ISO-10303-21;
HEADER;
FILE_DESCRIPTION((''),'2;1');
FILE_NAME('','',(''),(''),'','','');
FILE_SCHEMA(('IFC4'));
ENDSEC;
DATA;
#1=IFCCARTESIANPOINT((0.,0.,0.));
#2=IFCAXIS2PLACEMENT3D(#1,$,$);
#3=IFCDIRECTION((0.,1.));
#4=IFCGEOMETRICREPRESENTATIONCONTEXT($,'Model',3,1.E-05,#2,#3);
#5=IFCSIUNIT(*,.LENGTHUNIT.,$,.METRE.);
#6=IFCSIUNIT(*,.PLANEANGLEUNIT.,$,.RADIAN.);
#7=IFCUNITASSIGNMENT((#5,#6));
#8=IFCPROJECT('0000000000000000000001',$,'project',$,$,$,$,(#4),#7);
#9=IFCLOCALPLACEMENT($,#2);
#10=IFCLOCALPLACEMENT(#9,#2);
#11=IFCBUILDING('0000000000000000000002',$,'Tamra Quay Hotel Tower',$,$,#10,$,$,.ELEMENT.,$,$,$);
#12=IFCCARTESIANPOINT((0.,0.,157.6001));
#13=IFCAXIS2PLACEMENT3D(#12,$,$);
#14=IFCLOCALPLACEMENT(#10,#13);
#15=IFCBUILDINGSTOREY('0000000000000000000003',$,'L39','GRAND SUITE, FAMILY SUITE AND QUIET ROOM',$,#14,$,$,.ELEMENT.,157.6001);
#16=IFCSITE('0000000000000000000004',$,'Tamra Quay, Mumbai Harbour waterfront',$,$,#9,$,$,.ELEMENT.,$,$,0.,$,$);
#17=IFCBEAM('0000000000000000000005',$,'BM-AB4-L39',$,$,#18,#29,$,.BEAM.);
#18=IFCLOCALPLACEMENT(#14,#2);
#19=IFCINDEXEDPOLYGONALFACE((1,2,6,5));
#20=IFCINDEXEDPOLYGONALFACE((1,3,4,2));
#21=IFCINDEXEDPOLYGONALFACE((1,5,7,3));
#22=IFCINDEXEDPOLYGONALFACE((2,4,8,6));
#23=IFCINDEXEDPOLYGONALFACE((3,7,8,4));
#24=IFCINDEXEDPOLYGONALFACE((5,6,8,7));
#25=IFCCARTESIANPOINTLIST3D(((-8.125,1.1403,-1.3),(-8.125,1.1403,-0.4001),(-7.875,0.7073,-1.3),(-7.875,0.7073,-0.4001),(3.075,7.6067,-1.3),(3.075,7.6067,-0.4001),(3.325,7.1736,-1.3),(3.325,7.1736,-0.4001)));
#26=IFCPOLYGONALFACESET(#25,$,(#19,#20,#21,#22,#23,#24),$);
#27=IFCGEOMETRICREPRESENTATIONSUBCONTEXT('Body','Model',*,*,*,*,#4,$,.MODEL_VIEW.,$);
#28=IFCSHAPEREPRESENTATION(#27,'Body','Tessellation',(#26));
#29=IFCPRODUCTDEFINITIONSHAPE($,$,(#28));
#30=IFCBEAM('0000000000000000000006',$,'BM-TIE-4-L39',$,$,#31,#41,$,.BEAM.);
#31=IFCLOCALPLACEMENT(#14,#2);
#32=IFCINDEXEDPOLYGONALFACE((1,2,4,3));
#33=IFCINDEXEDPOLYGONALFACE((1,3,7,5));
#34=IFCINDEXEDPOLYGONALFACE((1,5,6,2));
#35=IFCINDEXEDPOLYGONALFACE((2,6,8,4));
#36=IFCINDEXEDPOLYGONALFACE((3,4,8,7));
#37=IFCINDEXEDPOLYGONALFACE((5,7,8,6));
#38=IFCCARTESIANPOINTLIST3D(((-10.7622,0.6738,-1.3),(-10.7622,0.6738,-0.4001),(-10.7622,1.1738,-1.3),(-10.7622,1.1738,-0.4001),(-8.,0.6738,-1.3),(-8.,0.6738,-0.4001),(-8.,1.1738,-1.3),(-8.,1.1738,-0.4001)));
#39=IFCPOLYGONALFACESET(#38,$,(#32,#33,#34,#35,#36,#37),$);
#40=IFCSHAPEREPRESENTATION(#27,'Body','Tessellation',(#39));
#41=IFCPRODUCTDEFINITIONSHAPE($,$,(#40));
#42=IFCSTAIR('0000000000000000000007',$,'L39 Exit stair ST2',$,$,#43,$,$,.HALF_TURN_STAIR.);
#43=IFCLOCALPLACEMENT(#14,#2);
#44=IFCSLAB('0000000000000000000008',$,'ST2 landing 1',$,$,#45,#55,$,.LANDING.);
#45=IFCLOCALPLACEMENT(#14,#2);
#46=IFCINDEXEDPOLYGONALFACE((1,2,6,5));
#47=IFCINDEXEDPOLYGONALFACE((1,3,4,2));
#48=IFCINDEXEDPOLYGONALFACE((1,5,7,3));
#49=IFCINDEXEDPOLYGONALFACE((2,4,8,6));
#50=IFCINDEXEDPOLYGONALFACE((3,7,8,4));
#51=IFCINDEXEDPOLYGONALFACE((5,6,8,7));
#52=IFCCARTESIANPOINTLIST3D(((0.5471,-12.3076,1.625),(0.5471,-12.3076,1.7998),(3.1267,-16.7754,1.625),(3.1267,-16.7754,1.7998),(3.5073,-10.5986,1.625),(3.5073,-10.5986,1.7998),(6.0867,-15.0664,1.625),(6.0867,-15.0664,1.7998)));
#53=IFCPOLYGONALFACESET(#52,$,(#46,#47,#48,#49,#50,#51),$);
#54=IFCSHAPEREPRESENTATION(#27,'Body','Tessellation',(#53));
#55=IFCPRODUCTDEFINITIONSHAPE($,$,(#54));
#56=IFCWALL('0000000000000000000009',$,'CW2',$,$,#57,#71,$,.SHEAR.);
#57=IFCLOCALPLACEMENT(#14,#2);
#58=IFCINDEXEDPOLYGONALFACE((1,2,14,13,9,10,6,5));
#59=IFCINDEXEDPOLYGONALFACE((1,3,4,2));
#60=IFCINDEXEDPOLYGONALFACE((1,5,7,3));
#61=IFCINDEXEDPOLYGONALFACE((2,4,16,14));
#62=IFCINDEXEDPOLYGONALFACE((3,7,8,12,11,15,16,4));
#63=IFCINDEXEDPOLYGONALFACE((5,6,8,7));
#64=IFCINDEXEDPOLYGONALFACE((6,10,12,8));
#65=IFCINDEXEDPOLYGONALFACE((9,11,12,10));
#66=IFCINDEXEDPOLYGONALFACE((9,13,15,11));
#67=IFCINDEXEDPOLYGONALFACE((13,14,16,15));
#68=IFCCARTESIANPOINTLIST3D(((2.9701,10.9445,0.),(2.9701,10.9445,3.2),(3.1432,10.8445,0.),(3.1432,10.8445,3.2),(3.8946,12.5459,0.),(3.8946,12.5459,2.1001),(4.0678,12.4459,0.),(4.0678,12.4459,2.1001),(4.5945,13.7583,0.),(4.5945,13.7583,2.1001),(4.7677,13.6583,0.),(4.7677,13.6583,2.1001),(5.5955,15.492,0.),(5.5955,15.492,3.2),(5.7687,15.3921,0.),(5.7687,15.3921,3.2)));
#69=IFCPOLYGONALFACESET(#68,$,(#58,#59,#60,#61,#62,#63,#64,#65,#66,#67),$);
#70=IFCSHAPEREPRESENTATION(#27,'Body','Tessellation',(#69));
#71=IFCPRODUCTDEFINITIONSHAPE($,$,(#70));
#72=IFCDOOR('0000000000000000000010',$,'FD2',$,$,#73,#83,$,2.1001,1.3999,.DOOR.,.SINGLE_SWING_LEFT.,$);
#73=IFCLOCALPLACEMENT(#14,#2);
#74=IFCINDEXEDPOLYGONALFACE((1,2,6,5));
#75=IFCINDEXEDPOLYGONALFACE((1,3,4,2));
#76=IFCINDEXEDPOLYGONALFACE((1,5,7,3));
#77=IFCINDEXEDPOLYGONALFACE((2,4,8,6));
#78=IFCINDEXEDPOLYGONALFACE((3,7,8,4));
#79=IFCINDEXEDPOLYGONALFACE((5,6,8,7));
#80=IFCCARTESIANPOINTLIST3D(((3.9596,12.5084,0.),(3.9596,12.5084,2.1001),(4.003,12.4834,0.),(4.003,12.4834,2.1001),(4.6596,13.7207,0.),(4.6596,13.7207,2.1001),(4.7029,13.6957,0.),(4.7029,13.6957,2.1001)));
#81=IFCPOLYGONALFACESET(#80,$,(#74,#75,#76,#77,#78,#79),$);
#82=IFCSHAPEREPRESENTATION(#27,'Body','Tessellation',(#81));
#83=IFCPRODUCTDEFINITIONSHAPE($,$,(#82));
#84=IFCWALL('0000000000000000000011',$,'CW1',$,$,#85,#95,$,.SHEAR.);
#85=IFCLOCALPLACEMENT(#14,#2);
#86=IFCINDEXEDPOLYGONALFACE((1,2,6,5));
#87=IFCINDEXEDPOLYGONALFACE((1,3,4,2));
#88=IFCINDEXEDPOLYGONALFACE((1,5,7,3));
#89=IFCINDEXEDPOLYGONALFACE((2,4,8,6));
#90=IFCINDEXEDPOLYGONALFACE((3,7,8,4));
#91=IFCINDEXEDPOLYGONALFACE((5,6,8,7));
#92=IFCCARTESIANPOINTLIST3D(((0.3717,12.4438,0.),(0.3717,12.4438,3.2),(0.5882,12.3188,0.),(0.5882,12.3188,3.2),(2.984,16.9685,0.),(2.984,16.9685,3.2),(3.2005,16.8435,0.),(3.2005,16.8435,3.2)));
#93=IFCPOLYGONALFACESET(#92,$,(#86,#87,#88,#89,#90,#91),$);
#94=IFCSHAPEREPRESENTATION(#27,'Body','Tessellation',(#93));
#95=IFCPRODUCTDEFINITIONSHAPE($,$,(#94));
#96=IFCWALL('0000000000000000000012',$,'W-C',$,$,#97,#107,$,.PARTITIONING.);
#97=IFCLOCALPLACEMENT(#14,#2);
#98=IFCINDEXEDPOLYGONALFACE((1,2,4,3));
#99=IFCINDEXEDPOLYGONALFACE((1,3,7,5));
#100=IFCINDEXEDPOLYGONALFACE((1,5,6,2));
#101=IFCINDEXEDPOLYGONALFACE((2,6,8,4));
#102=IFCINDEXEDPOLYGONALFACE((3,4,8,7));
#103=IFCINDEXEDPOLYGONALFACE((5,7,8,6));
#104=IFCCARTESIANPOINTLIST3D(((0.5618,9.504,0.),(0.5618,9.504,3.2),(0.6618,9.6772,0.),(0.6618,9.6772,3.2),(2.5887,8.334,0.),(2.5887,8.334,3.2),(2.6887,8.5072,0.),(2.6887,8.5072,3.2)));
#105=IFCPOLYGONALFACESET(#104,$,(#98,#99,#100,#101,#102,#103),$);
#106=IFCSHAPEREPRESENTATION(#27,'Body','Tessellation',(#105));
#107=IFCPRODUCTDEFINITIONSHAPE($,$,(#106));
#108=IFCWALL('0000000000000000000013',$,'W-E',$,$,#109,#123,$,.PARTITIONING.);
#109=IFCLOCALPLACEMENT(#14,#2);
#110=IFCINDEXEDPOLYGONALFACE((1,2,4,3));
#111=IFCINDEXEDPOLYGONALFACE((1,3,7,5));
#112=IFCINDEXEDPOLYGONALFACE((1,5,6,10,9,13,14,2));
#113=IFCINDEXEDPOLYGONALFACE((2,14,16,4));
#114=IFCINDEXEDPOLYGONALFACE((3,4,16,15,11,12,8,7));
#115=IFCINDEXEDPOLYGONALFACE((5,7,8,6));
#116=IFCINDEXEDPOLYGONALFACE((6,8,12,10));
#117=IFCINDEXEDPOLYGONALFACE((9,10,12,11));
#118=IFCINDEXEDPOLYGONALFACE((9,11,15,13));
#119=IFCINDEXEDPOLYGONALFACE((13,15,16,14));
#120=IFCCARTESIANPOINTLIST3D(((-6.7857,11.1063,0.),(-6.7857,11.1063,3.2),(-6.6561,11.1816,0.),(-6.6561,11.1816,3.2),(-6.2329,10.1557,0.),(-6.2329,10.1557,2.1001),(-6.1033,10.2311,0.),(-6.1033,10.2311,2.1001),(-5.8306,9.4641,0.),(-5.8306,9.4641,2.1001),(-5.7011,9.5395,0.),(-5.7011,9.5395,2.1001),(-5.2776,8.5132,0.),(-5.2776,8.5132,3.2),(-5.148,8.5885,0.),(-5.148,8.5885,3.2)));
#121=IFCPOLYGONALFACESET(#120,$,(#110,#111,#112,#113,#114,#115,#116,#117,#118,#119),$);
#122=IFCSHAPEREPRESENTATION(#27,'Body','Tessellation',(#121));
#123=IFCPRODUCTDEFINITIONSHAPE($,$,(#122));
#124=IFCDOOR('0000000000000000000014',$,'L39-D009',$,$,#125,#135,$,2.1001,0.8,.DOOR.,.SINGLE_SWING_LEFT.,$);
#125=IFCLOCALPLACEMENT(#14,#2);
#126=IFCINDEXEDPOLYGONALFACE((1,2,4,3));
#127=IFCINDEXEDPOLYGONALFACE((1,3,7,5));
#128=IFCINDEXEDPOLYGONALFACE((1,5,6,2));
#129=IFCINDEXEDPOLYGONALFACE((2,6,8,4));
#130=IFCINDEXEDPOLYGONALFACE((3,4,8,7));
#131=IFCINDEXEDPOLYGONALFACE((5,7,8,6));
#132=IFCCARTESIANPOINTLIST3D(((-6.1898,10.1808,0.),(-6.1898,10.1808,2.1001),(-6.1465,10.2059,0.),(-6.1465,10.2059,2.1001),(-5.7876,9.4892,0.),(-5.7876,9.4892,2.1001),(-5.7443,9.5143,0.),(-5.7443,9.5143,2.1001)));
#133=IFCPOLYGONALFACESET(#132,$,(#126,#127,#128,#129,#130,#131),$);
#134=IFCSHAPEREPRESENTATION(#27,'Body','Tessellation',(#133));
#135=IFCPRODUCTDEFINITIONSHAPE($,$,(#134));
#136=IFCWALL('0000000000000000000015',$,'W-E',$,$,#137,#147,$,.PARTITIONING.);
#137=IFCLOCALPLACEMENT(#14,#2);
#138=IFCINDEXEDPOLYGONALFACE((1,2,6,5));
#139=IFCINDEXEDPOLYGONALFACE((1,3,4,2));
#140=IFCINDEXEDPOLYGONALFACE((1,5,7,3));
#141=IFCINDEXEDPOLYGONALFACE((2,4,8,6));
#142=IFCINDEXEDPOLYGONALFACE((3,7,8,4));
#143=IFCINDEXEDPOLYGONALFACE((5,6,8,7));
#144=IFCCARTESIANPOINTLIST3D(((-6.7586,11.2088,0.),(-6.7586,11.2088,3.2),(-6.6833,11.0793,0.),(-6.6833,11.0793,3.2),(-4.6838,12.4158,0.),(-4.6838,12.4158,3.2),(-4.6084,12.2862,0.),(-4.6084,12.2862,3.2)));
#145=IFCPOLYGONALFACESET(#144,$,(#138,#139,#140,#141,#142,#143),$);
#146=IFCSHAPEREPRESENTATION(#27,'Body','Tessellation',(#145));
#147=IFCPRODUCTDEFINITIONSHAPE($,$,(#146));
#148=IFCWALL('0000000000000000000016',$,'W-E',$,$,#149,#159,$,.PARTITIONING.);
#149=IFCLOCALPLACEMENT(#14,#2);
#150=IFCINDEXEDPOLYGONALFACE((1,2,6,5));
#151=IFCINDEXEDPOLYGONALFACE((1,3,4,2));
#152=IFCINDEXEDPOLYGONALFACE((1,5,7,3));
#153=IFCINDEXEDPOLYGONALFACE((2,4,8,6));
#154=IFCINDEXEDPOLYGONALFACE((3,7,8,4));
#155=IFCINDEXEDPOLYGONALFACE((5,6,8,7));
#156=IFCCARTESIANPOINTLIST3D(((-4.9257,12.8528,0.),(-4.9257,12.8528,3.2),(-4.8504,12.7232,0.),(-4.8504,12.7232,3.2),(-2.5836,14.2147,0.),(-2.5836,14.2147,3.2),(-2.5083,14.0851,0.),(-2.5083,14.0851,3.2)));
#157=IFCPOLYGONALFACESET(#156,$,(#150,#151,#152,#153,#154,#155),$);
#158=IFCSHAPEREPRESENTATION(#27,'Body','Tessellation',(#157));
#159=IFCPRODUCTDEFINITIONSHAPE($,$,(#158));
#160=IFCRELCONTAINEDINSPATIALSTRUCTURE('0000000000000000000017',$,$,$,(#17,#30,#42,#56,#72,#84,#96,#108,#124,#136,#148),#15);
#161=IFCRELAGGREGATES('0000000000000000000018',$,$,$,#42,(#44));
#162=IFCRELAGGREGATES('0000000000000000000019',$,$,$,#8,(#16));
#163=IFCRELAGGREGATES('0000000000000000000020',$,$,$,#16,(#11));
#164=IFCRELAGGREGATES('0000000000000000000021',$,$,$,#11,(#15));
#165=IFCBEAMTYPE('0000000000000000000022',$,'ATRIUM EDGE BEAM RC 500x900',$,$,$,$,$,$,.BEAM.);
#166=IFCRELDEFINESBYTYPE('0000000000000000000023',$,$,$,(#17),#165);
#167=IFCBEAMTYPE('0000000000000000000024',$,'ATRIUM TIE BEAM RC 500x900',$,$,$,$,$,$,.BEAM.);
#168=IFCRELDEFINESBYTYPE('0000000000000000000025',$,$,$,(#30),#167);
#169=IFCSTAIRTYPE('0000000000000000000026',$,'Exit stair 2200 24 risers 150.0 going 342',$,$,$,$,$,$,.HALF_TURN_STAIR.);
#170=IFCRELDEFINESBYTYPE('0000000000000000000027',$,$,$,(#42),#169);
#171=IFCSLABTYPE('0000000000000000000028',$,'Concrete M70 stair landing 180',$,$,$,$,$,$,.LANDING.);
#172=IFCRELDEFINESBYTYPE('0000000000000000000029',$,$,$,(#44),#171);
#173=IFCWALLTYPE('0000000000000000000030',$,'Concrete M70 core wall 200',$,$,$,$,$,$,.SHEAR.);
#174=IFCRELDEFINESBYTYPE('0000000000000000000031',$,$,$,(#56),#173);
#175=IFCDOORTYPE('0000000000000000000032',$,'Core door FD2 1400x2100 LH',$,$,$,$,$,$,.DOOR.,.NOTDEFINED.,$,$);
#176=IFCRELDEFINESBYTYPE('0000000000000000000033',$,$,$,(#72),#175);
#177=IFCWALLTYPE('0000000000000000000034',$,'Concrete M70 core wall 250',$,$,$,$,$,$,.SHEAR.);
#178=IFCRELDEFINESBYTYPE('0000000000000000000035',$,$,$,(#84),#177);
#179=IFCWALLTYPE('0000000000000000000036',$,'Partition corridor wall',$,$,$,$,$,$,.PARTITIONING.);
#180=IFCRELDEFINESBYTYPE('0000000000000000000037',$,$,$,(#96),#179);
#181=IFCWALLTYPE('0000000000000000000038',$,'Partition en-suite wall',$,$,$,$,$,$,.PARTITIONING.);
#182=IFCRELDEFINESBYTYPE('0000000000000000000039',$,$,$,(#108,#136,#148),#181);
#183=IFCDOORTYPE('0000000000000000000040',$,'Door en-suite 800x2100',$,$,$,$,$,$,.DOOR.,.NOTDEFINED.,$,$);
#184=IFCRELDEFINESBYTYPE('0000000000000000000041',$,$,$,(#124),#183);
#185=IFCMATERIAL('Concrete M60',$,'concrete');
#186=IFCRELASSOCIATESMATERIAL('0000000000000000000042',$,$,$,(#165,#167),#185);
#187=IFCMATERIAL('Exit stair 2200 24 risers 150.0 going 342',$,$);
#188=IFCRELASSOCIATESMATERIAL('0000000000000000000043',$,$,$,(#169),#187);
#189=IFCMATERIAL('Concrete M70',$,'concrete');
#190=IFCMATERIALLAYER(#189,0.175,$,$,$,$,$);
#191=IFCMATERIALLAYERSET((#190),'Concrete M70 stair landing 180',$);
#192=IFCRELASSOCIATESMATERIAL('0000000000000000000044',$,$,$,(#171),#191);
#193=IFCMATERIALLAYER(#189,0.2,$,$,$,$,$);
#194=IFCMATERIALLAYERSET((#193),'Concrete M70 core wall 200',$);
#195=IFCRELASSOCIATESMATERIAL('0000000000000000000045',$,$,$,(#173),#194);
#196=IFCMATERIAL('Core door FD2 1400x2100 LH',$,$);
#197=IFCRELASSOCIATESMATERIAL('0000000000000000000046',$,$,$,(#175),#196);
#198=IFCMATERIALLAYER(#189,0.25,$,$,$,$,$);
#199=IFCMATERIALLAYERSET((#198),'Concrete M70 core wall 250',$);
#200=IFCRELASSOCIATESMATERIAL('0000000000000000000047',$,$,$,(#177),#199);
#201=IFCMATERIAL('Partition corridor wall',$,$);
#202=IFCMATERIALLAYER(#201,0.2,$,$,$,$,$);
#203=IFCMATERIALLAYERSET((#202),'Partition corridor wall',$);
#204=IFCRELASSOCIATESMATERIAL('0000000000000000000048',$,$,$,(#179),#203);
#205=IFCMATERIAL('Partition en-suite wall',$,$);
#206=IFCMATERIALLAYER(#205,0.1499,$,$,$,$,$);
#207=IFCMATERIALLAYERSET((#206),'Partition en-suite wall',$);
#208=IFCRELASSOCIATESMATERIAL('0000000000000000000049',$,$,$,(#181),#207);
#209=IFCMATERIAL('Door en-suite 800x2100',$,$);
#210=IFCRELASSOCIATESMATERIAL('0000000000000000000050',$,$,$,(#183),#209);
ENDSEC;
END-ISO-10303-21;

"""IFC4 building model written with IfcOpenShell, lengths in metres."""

from ifc_helpers import new_model, si_unit, direction, frame, frame_2d, origin, origin_2d, place, context, subcontext, project, spatial, polyline, rectangle, outline, extrude, material, layer, layer_set, material_profile, profile_set, type_object, element, fill, aggregate, save


model = new_model("IFC4")

# Units and contexts
model_context = context("Model", 3, precision=1e-05, world=origin(), true_north=direction((0.0, 1.0)))
body_context = subcontext(model_context, "Body", "Model", "MODEL_VIEW")
ifc_project = project(units=[si_unit("LENGTHUNIT", "METRE"), si_unit("PLANEANGLEUNIT", "RADIAN")], contexts=[model_context])

# Site, building, storey
site_placement = place(None, origin())
site = spatial("IfcSite", under=ifc_project, at=site_placement, Name="Tamra Quay, Mumbai Harbour waterfront", CompositionType="ELEMENT", RefElevation=0.0)
building_placement = place(site_placement, origin())
building = spatial("IfcBuilding", under=site, at=building_placement, Name="Tamra Quay Hotel Tower", CompositionType="ELEMENT")
storey_placement = place(building_placement, frame((0.0, 0.0, 157.6001)))
storey = spatial("IfcBuildingStorey", under=building, at=storey_placement, Name="L39", Description="GRAND SUITE, FAMILY SUITE AND QUIET ROOM", CompositionType="ELEMENT", Elevation=157.6001)

# Beams
ifc_material_1 = material(Name="Concrete M60", Category="concrete")
ifc_material_profile_1 = material_profile(ifc_material_1, rectangle(XDim=0.5, YDim=0.8999, at=origin_2d()), Name="ATRIUM EDGE BEAM RC 500x900")
ifc_profile_set_1 = profile_set([ifc_material_profile_1], Name="Concrete M60")
beam_type_1 = type_object("IfcBeamType", Name="ATRIUM EDGE BEAM RC 500x900", PredefinedType="BEAM", material=ifc_profile_set_1)
beam_1_placement = place(storey_placement, frame((-8.0, 0.9238, -0.8501), z_axis=(0.866025, 0.500001, 0.0), x_axis=(-0.500001, 0.866025, 0.0)))
element("IfcBeam", 1, at=beam_1_placement, inside=storey, type_object=beam_type_1, Name="BM-AB4-L39", PredefinedType="BEAM", context=body_context, shape_type="SweptSolid", body=[
    extrude(rectangle(XDim=0.5, YDim=0.8999, at=origin_2d()), origin(), (0.0, 0.0, 1.0), 12.9326),
])
ifc_material_profile_2 = material_profile(ifc_material_1, rectangle(XDim=0.5, YDim=0.8999, at=origin_2d()), Name="ATRIUM TIE BEAM RC 500x900")
ifc_profile_set_2 = profile_set([ifc_material_profile_2], Name="Concrete M60")
beam_type_2 = type_object("IfcBeamType", Name="ATRIUM TIE BEAM RC 500x900", PredefinedType="BEAM", material=ifc_profile_set_2)
beam_2_placement = place(storey_placement, frame((-8.0, 0.9238, -0.8501), z_axis=(-1.0, 0.0, 0.0), x_axis=(0.0, -1.0, 0.0)))
element("IfcBeam", 2, at=beam_2_placement, inside=storey, type_object=beam_type_2, Name="BM-TIE-4-L39", PredefinedType="BEAM", context=body_context, shape_type="SweptSolid", body=[
    extrude(rectangle(XDim=0.5, YDim=0.8999, at=origin_2d()), origin(), (0.0, 0.0, 1.0), 2.7622),
])

# Stair, slab
ifc_material_2 = material(Name="Exit stair 2200 24 risers 150.0 going 342")
stair_type = type_object("IfcStairType", Name="Exit stair 2200 24 risers 150.0 going 342", PredefinedType="HALF_TURN_STAIR", material=ifc_material_2)
stair_placement = place(storey_placement, origin())
stair = element("IfcStair", 3, at=stair_placement, inside=storey, type_object=stair_type, Name="L39 Exit stair ST2", PredefinedType="HALF_TURN_STAIR")
ifc_material_3 = material(Name="Concrete M70", Category="concrete")
ifc_layer_1 = layer(ifc_material_3, 0.175)
ifc_layer_set_1 = layer_set([ifc_layer_1], Name="Concrete M70 stair landing 180")
slab_type = type_object("IfcSlabType", Name="Concrete M70 stair landing 180", PredefinedType="LANDING", material=ifc_layer_set_1)
slab_placement = place(storey_placement, frame((0.0, 0.0, 1.625)))
slab = element("IfcSlab", 4, at=slab_placement, type_object=slab_type, Name="ST2 landing 1", PredefinedType="LANDING", context=body_context, shape_type="SweptSolid", body=[
    extrude(outline(polyline([(3.5073, -10.5986), (0.5471, -12.3076), (3.1267, -16.7754), (6.0867, -15.0664), (3.5073, -10.5986)])), origin(), (0.0, 0.0, 1.0), 0.1748),
])
aggregate(stair, [slab])

# Wall, opening, door
ifc_layer_2 = layer(ifc_material_3, 0.2)
ifc_layer_set_2 = layer_set([ifc_layer_2], Name="Concrete M70 core wall 200")
wall_type_1 = type_object("IfcWallType", Name="Concrete M70 core wall 200", PredefinedType="SHEAR", material=ifc_layer_set_2)
wall_1_placement = place(storey_placement, frame((3.0566, 10.8945, 0.0), z_axis=(0.0, 0.0, 1.0), x_axis=(0.499989, 0.866032, 0.0)))
wall_1 = element("IfcWall", 5, at=wall_1_placement, inside=storey, type_object=wall_type_1, Name="CW2", PredefinedType="SHEAR", context=body_context, shape_type="SweptSolid", body=[
    extrude(rectangle(XDim=5.251, YDim=0.2, at=frame_2d((2.6255, 0.0))), origin(), (0.0, 0.0, 1.0), 3.2),
])
opening_1_placement = place(wall_1_placement, frame((1.8491, 0.0, 0.0)))
opening_1 = element("IfcOpeningElement", 6, at=opening_1_placement, cuts=wall_1, PredefinedType="OPENING", context=body_context, shape_type="SweptSolid", body=[
    extrude(rectangle(XDim=1.3999, YDim=2.1001, at=frame_2d((0.7, 1.05))), frame((0.0, 0.1099, 0.0), z_axis=(0.0, -1.0, 0.0), x_axis=(1.0, 0.0, 0.0)), (0.0, 0.0, 1.0), 0.22),
])
ifc_material_4 = material(Name="Core door FD2 1400x2100 LH")
door_type_1 = type_object("IfcDoorType", Name="Core door FD2 1400x2100 LH", OperationType="NOTDEFINED", PredefinedType="DOOR", material=ifc_material_4)
door_1_placement = place(opening_1_placement, origin())
door_1 = element("IfcDoor", 7, at=door_1_placement, inside=storey, type_object=door_type_1, Name="FD2", OperationType="SINGLE_SWING_LEFT", OverallHeight=2.1001, OverallWidth=1.3999, PredefinedType="DOOR", context=body_context, shape_type="SweptSolid", body=[
    extrude(rectangle(XDim=1.3999, YDim=2.1001, at=frame_2d((0.7, 1.05))), frame((0.0, 0.0249, 0.0), z_axis=(0.0, -1.0, 0.0), x_axis=(1.0, 0.0, 0.0)), (0.0, 0.0, 1.0), 0.05),
])
fill(opening_1, door_1)

# Walls
ifc_layer_3 = layer(ifc_material_3, 0.25)
ifc_layer_set_3 = layer_set([ifc_layer_3], Name="Concrete M70 core wall 250")
wall_type_2 = type_object("IfcWallType", Name="Concrete M70 core wall 250", PredefinedType="SHEAR", material=ifc_layer_set_3)
wall_2_placement = place(storey_placement, frame((0.48, 12.3813, 0.0), z_axis=(0.0, 0.0, 1.0), x_axis=(0.499999, 0.866026, 0.0)))
element("IfcWall", 8, at=wall_2_placement, inside=storey, type_object=wall_type_2, Name="CW1", PredefinedType="SHEAR", context=body_context, shape_type="SweptSolid", body=[
    extrude(rectangle(XDim=5.2246, YDim=0.25, at=frame_2d((2.6123, 0.0))), origin(), (0.0, 0.0, 1.0), 3.2),
])
ifc_material_5 = material(Name="Partition corridor wall")
ifc_layer_4 = layer(ifc_material_5, 0.2)
ifc_layer_set_4 = layer_set([ifc_layer_4], Name="Partition corridor wall")
wall_type_3 = type_object("IfcWallType", Name="Partition corridor wall", PredefinedType="PARTITIONING", material=ifc_layer_set_4)
wall_3_placement = place(storey_placement, frame((0.6118, 9.5906, 0.0), z_axis=(0.0, 0.0, 1.0), x_axis=(0.866078, -0.499909, 0.0)))
element("IfcWall", 9, at=wall_3_placement, inside=storey, type_object=wall_type_3, Name="W-C", PredefinedType="PARTITIONING", context=body_context, shape_type="SweptSolid", body=[
    extrude(rectangle(XDim=2.3403, YDim=0.2, at=frame_2d((1.1702, 0.0))), origin(), (0.0, 0.0, 1.0), 3.2),
])

# Wall, opening, door
ifc_material_6 = material(Name="Partition en-suite wall")
ifc_layer_5 = layer(ifc_material_6, 0.1499)
ifc_layer_set_5 = layer_set([ifc_layer_5], Name="Partition en-suite wall")
wall_type_4 = type_object("IfcWallType", Name="Partition en-suite wall", PredefinedType="PARTITIONING", material=ifc_layer_set_5)
wall_4_placement = place(storey_placement, frame((-6.7209, 11.144, 0.0), z_axis=(0.0, 0.0, 1.0), x_axis=(0.502742, -0.864436, 0.0)))
wall_4 = element("IfcWall", 10, at=wall_4_placement, inside=storey, type_object=wall_type_4, Name="W-E", PredefinedType="PARTITIONING", context=body_context, shape_type="SweptSolid", body=[
    extrude(rectangle(XDim=2.9998, YDim=0.1499, at=frame_2d((1.5, 0.0))), origin(), (0.0, 0.0, 1.0), 3.2),
])
opening_2_placement = place(wall_4_placement, frame((1.0999, 0.0, 0.0)))
opening_2 = element("IfcOpeningElement", 11, at=opening_2_placement, cuts=wall_4, PredefinedType="OPENING", context=body_context, shape_type="SweptSolid", body=[
    extrude(rectangle(XDim=0.8, YDim=2.1001, at=frame_2d((0.3999, 1.05))), frame((0.0, 0.085, 0.0), z_axis=(0.0, -1.0, 0.0), x_axis=(1.0, 0.0, 0.0)), (0.0, 0.0, 1.0), 0.1699),
])
ifc_material_7 = material(Name="Door en-suite 800x2100")
door_type_2 = type_object("IfcDoorType", Name="Door en-suite 800x2100", OperationType="NOTDEFINED", PredefinedType="DOOR", material=ifc_material_7)
door_2_placement = place(opening_2_placement, origin())
door_2 = element("IfcDoor", 12, at=door_2_placement, inside=storey, type_object=door_type_2, Name="L39-D009", OperationType="SINGLE_SWING_LEFT", OverallHeight=2.1001, OverallWidth=0.8, PredefinedType="DOOR", context=body_context, shape_type="SweptSolid", body=[
    extrude(rectangle(XDim=0.8, YDim=2.1001, at=frame_2d((0.3999, 1.05))), frame((0.0, 0.0249, 0.0), z_axis=(0.0, -1.0, 0.0), x_axis=(1.0, 0.0, 0.0)), (0.0, 0.0, 1.0), 0.05),
])
fill(opening_2, door_2)

# Walls
wall_5_placement = place(storey_placement, frame((-6.7209, 11.144, 0.0), z_axis=(0.0, 0.0, 1.0), x_axis=(0.864387, 0.502827, 0.0)))
element("IfcWall", 13, at=wall_5_placement, inside=storey, type_object=wall_type_4, Name="W-E", PredefinedType="PARTITIONING", context=body_context, shape_type="SweptSolid", body=[
    extrude(rectangle(XDim=2.4004, YDim=0.1499, at=frame_2d((1.2002, 0.0))), origin(), (0.0, 0.0, 1.0), 3.2),
])
wall_6_placement = place(storey_placement, frame((-4.8879, 12.7881, 0.0), z_axis=(0.0, 0.0, 1.0), x_axis=(0.864481, 0.502666, 0.0)))
element("IfcWall", 14, at=wall_6_placement, inside=storey, type_object=wall_type_4, Name="W-E", PredefinedType="PARTITIONING", context=body_context, shape_type="SweptSolid", body=[
    extrude(rectangle(XDim=2.7092, YDim=0.1499, at=frame_2d((1.3545, 0.0))), origin(), (0.0, 0.0, 1.0), 3.2),
])

save(model, "model.ifc")
